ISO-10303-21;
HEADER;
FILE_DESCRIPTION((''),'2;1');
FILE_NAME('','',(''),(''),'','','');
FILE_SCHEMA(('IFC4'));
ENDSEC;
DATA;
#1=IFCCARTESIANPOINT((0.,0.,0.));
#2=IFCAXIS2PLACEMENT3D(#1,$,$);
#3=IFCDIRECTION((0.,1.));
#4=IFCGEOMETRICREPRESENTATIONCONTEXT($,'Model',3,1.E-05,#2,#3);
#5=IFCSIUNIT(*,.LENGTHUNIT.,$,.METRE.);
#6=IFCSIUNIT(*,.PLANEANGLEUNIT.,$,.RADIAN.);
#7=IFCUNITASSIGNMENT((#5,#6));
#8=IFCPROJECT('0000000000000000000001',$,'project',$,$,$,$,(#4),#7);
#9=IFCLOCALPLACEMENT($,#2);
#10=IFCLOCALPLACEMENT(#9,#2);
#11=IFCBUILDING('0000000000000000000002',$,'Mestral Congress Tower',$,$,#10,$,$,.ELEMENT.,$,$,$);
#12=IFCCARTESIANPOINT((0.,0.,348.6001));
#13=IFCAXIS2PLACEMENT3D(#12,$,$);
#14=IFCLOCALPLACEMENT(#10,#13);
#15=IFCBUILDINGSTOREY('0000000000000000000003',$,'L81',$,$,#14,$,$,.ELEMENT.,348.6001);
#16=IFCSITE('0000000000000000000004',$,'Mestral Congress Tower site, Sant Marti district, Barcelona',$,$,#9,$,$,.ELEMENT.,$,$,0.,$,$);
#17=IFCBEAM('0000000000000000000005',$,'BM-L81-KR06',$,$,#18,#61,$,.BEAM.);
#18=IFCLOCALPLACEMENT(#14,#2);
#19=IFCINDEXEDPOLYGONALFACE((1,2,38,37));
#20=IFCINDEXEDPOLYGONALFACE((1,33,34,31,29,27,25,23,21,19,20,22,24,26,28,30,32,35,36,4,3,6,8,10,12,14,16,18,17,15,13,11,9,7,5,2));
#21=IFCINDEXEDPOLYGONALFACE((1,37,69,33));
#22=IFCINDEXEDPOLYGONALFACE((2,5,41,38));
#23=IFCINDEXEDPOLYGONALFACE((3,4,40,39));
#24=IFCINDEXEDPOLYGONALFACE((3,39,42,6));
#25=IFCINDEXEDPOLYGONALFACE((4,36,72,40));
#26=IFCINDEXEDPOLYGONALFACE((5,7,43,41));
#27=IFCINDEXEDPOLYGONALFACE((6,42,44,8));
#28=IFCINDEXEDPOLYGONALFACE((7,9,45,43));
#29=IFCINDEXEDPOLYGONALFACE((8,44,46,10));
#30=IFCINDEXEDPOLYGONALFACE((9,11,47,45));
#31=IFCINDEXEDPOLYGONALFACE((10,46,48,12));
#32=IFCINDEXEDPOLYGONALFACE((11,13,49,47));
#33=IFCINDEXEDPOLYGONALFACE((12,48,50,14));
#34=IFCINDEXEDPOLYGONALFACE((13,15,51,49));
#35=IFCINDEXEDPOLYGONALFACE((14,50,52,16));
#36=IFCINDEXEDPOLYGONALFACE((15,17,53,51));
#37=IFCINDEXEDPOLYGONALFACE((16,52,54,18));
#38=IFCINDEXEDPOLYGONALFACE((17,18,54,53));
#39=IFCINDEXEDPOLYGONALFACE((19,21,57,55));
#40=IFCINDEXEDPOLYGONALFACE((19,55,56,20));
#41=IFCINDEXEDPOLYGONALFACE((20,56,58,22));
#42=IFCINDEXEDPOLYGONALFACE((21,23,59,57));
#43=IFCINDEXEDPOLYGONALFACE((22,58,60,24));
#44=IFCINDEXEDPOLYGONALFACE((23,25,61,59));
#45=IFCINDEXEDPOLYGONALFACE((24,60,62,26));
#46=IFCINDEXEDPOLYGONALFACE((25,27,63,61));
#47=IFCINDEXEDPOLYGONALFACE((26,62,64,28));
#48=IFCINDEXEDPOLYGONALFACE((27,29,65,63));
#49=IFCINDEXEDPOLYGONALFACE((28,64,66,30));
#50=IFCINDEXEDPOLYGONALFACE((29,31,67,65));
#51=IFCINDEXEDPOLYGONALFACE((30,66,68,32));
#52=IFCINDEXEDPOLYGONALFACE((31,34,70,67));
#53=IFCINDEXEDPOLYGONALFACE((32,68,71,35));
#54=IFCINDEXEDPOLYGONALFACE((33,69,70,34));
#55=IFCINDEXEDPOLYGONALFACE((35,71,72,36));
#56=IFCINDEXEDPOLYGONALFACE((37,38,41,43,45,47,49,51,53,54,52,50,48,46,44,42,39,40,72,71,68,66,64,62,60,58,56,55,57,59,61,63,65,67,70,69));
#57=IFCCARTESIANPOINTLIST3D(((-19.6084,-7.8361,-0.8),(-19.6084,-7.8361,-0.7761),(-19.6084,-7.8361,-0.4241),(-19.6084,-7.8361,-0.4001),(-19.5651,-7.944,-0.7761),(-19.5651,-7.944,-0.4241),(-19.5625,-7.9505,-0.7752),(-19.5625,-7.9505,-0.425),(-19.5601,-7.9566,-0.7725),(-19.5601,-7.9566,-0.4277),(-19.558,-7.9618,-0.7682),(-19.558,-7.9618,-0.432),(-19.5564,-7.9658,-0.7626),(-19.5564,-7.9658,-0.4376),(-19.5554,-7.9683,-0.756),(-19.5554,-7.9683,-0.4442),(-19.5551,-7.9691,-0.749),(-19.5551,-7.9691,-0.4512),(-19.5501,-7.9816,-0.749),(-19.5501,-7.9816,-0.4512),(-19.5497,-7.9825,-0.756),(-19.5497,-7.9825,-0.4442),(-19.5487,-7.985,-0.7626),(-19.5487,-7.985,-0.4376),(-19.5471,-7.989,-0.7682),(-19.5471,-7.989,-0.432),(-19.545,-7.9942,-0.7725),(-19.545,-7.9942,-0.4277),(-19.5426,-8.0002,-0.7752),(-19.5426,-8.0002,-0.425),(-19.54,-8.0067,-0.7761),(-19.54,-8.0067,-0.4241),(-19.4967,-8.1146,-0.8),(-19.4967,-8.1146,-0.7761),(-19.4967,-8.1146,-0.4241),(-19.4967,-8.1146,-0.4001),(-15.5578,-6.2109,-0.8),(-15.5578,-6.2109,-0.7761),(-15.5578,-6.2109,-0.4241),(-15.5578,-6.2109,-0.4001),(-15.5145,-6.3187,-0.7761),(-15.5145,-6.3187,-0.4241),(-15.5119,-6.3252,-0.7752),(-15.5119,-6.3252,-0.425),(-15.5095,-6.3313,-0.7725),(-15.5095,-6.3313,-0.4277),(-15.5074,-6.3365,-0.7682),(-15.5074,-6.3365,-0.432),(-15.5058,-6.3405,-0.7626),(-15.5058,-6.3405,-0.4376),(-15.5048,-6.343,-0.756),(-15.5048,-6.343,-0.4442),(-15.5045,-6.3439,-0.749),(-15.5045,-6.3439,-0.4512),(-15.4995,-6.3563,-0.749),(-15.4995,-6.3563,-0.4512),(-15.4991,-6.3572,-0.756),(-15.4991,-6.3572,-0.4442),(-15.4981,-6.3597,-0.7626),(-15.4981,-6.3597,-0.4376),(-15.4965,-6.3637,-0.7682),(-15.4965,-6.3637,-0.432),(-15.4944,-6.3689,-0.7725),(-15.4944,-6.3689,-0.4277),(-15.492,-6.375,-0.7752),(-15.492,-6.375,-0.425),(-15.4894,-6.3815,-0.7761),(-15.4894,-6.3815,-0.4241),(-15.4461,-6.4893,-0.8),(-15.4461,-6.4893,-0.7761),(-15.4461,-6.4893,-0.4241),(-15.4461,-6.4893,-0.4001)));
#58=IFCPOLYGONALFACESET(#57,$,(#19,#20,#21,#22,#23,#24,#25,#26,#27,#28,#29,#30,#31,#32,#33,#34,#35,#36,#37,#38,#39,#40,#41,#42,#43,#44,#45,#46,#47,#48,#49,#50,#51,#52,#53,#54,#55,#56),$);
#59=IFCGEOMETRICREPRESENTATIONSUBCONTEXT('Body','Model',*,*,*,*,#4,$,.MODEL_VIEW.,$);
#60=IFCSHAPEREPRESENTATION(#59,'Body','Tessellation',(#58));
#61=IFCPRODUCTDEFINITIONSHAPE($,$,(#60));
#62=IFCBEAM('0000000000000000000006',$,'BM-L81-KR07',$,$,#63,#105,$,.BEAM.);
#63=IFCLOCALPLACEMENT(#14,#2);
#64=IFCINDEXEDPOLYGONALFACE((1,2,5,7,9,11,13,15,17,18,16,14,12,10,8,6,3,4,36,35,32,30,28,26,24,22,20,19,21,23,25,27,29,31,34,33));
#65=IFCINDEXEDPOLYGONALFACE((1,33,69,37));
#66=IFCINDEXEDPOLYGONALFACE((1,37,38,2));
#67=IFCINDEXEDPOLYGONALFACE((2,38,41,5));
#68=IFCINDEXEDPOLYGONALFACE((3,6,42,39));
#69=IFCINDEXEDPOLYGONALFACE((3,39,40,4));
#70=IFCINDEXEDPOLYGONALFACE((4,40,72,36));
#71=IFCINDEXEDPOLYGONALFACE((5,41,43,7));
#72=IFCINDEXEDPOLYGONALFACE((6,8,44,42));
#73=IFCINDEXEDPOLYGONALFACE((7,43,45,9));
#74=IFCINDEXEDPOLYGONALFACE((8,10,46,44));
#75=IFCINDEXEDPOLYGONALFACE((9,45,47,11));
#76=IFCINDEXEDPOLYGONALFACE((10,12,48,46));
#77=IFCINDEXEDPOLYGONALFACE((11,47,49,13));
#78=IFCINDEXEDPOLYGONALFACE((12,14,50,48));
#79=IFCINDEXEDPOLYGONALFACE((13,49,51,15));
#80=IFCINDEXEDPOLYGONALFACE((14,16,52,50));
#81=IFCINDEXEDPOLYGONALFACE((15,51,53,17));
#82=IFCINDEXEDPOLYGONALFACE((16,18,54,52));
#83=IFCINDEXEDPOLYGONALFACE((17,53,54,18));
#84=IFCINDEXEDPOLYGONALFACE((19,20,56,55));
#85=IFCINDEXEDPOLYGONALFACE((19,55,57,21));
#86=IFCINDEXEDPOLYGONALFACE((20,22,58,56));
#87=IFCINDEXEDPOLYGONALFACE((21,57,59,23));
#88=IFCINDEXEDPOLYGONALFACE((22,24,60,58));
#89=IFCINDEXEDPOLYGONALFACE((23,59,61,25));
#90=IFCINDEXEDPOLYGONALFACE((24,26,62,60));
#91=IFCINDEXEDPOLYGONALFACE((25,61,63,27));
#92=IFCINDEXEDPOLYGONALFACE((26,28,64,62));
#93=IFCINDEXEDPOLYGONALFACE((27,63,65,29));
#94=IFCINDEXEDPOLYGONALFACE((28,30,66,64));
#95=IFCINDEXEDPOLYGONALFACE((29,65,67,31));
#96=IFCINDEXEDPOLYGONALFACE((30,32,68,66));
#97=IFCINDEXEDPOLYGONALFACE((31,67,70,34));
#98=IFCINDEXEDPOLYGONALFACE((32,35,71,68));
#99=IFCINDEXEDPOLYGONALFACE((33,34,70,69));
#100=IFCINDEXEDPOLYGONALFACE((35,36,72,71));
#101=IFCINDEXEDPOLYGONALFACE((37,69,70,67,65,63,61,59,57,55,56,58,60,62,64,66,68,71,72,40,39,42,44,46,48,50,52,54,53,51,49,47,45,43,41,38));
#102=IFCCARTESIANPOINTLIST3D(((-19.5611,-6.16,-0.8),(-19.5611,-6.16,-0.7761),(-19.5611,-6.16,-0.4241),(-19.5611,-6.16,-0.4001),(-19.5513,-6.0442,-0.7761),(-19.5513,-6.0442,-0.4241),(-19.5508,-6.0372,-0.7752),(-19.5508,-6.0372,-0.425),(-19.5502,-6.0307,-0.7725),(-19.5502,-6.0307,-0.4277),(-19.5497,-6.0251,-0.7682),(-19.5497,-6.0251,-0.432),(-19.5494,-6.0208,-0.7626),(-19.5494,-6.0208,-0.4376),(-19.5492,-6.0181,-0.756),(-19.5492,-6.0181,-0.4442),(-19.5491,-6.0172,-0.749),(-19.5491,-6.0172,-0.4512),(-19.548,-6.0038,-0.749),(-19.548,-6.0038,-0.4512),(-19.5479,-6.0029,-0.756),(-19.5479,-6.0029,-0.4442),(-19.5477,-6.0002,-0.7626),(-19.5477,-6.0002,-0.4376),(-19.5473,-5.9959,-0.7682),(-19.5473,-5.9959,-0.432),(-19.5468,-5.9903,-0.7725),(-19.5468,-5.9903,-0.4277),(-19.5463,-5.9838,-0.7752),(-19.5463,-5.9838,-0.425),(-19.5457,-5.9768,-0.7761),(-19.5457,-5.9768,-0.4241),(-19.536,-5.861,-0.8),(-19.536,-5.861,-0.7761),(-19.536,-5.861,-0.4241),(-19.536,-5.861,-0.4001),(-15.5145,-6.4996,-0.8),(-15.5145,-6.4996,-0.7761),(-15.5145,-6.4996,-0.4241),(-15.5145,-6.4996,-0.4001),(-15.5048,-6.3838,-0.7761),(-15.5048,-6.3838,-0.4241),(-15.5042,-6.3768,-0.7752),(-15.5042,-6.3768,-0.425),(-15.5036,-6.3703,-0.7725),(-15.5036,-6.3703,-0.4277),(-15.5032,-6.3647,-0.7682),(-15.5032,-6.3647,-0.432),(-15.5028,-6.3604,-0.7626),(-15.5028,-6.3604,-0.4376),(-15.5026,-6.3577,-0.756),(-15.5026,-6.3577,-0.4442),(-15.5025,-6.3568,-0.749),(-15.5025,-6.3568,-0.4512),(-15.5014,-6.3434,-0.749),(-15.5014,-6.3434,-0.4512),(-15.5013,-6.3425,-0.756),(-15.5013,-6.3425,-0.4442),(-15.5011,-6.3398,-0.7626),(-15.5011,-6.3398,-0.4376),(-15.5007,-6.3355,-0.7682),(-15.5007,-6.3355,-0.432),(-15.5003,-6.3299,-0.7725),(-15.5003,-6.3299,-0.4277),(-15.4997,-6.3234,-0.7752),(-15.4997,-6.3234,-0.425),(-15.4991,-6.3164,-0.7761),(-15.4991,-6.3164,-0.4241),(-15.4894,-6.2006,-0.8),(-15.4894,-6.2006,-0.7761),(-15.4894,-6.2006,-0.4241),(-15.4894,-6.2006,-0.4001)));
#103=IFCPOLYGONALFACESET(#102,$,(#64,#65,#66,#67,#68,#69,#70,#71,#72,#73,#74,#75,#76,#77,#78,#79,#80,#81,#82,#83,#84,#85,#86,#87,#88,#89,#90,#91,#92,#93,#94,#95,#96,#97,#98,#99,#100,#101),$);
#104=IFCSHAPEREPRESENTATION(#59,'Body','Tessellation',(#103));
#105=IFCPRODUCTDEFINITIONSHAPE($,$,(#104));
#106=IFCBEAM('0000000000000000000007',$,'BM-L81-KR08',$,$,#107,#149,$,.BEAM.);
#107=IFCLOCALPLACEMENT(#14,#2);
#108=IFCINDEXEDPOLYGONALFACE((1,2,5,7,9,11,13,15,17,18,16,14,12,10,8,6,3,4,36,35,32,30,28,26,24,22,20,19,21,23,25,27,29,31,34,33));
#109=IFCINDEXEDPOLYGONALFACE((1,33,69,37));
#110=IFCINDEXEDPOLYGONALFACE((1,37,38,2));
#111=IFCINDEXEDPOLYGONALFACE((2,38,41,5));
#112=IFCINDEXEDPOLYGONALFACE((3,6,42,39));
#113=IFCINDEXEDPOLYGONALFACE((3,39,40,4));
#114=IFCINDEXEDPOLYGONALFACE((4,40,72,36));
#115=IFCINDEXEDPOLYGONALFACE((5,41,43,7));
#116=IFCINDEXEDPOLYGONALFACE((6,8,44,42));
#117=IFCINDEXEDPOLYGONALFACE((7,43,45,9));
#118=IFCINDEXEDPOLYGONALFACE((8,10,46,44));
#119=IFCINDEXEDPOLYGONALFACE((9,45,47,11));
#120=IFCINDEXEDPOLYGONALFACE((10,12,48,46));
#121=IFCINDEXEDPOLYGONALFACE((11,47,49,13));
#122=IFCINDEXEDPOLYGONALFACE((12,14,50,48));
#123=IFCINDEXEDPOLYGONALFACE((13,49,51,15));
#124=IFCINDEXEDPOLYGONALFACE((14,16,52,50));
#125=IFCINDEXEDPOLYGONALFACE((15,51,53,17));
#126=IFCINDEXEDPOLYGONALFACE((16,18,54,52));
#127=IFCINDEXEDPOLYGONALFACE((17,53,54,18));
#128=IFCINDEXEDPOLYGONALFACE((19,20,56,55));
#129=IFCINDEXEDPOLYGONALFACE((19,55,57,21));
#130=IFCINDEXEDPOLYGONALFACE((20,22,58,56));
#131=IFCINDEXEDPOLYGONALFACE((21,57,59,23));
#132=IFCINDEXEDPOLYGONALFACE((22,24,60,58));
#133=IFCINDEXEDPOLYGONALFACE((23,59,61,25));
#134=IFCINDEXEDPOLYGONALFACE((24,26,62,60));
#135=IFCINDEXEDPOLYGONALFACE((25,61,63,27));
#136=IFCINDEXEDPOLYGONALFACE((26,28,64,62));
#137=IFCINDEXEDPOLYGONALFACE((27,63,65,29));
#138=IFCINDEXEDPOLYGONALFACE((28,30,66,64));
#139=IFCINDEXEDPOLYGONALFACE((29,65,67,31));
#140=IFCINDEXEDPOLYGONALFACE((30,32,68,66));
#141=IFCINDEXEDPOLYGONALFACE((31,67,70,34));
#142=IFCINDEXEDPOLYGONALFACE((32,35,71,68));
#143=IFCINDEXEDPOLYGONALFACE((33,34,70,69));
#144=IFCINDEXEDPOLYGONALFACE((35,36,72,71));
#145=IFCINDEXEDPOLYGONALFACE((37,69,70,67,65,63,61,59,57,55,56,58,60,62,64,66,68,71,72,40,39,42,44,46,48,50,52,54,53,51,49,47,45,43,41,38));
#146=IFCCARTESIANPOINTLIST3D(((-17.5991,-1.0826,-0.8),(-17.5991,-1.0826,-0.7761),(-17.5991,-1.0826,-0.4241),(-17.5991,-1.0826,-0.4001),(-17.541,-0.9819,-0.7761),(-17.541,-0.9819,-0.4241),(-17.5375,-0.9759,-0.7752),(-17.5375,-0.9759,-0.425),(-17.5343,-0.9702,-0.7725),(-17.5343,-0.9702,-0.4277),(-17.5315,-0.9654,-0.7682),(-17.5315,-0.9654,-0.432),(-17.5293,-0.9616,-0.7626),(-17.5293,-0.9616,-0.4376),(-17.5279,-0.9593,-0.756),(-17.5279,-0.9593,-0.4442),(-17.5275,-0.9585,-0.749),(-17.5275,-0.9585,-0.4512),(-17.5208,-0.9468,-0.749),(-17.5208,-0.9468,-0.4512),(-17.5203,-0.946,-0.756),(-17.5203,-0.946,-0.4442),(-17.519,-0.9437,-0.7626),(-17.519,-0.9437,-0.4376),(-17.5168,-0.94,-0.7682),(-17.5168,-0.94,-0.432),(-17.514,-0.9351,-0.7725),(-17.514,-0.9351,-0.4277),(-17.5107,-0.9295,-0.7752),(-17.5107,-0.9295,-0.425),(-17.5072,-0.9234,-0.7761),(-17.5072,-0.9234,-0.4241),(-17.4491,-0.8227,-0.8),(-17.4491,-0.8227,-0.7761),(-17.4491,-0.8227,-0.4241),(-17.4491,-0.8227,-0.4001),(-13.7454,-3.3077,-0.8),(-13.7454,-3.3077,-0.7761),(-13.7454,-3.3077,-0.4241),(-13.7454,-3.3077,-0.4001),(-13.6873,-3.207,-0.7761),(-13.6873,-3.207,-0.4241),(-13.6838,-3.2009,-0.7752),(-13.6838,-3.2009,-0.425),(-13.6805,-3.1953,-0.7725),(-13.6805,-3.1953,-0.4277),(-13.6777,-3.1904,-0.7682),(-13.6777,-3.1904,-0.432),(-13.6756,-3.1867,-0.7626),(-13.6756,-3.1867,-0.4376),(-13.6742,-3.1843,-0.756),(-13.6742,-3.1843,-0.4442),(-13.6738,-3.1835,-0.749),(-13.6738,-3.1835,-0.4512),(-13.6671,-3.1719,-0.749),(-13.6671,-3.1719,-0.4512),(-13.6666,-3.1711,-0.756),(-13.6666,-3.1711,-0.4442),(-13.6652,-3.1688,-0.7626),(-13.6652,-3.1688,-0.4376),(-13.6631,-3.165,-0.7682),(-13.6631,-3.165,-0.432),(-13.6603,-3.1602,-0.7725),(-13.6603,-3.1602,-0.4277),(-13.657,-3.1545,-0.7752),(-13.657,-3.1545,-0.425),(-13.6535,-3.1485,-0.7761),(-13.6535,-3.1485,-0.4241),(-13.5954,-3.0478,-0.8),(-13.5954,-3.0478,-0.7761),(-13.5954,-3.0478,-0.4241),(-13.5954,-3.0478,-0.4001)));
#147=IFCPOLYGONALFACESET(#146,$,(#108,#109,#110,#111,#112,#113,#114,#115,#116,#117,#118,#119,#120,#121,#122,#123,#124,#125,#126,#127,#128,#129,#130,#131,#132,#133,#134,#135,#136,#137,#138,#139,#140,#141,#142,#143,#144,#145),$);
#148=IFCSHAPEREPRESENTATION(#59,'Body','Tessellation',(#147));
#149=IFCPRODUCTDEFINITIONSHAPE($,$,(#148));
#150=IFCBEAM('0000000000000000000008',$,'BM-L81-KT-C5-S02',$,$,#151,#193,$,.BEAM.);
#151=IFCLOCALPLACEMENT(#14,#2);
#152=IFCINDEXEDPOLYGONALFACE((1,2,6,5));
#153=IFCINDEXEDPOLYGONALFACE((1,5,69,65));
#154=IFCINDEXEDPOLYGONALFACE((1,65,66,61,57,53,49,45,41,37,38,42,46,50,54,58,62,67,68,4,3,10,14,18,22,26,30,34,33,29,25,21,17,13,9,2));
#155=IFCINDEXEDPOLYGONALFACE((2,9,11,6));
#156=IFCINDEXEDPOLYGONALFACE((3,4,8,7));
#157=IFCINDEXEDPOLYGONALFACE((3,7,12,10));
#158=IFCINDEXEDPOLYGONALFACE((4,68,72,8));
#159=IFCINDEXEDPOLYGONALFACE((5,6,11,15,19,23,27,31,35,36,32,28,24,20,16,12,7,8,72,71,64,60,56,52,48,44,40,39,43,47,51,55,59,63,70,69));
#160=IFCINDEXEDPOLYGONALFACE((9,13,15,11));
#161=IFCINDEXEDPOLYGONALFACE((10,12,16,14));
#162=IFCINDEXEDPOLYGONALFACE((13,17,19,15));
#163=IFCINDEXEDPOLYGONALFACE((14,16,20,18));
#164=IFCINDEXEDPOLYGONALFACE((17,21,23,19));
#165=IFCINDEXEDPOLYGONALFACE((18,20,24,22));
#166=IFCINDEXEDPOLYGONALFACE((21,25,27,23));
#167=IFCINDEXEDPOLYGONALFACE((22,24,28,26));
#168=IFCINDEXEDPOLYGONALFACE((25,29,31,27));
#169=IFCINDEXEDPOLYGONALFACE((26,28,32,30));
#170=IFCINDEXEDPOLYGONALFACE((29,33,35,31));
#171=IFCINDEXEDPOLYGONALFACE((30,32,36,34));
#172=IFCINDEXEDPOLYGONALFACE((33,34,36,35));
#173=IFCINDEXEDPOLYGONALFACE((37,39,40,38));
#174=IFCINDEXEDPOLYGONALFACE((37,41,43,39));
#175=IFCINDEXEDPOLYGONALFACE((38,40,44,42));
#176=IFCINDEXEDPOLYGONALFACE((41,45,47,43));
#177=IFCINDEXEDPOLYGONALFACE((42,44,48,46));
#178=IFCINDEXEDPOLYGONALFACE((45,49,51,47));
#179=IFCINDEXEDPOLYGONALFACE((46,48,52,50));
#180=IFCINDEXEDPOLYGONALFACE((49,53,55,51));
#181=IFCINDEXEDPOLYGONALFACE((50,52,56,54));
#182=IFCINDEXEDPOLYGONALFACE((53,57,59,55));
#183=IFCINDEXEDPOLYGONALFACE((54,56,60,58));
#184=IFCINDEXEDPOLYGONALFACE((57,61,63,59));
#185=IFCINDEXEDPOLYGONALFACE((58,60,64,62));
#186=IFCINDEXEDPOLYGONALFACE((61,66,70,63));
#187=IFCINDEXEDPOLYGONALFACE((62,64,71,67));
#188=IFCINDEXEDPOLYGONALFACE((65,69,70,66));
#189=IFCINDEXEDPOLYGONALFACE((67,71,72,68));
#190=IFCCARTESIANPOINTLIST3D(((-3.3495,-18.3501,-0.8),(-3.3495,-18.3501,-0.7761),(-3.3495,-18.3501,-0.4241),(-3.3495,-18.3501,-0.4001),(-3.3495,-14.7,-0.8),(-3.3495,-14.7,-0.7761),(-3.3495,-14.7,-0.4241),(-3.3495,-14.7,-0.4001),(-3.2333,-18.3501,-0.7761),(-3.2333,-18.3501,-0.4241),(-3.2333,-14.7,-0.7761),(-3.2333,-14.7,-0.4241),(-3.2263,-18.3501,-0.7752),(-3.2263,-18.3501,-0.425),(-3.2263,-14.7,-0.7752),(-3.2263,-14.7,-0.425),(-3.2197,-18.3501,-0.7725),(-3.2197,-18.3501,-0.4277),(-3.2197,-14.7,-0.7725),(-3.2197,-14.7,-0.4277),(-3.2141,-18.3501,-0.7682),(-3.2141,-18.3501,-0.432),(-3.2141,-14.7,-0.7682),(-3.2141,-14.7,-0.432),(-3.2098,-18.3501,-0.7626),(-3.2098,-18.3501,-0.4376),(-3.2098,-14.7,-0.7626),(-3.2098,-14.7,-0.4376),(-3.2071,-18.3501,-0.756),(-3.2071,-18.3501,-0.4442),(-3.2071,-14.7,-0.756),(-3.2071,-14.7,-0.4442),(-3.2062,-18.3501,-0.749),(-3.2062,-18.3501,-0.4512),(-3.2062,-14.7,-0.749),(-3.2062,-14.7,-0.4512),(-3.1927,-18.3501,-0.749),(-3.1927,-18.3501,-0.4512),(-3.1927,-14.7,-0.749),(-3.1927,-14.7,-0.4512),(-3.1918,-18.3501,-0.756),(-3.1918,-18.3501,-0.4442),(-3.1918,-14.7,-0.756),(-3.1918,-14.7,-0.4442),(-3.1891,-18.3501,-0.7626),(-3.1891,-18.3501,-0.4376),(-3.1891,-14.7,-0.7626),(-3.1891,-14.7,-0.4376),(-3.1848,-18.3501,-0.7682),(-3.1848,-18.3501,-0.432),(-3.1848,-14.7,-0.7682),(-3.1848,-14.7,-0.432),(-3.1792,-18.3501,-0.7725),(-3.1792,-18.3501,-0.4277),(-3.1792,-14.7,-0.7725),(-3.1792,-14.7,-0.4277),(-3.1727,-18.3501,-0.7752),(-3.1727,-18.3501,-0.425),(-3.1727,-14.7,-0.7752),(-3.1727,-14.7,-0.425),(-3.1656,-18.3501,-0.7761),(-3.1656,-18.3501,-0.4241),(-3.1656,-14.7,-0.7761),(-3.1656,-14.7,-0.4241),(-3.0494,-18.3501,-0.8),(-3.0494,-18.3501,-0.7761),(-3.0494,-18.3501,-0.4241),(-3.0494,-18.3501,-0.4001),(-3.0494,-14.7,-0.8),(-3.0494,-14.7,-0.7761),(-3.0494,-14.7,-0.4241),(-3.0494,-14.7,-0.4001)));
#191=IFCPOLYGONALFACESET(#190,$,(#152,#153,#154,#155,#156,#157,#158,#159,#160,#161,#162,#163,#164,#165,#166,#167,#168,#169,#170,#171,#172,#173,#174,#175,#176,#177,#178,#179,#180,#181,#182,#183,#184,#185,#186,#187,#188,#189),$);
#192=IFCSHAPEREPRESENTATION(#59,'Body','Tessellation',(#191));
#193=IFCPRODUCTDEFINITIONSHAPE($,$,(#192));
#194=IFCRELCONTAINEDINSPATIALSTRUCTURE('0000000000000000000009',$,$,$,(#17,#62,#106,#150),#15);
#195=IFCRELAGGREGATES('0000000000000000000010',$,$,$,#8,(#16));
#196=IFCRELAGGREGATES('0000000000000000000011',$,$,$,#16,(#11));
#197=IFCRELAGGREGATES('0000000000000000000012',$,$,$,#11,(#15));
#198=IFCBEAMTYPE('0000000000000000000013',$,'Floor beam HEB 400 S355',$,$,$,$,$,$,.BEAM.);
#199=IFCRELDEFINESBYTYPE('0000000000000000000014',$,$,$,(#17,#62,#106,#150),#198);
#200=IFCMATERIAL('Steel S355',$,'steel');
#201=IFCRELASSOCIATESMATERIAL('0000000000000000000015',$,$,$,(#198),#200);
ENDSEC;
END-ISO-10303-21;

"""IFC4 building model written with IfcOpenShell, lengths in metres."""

from ifc_helpers import new_model, si_unit, direction, frame, origin, origin_2d, place, context, subcontext, project, spatial, i_section, extrude, material, material_profile, profile_set, type_object, element, save


model = new_model("IFC4")

# Units and contexts
model_context = context("Model", 3, precision=1e-05, world=origin(), true_north=direction((0.0, 1.0)))
body_context = subcontext(model_context, "Body", "Model", "MODEL_VIEW")
ifc_project = project(units=[si_unit("LENGTHUNIT", "METRE"), si_unit("PLANEANGLEUNIT", "RADIAN")], contexts=[model_context])

# Site, building, storey
site_placement = place(None, origin())
site = spatial("IfcSite", under=ifc_project, at=site_placement, Name="Mestral Congress Tower site, Sant Marti district, Barcelona", CompositionType="ELEMENT", RefElevation=0.0)
building_placement = place(site_placement, origin())
building = spatial("IfcBuilding", under=site, at=building_placement, Name="Mestral Congress Tower", CompositionType="ELEMENT")
storey_placement = place(building_placement, frame((0.0, 0.0, 348.6001)))
storey = spatial("IfcBuildingStorey", under=building, at=storey_placement, Name="L81", CompositionType="ELEMENT", Elevation=348.6001)

# Beams
ifc_material_1 = material(Name="Steel S355", Category="steel")
ifc_material_profile_1 = material_profile(ifc_material_1, i_section(OverallWidth=0.3, OverallDepth=0.3999, WebThickness=0.0134, FlangeThickness=0.0239, FilletRadius=0.0271, at=origin_2d()), Name="HEB 400")
ifc_profile_set_1 = profile_set([ifc_material_profile_1], Name="Steel S355")
beam_type_1 = type_object("IfcBeamType", Name="Floor beam HEB 400 S355", PredefinedType="BEAM", material=ifc_profile_set_1)
for number, where, z_axis, x_axis, name in (
    (1, (-15.502, -6.3501, -0.6001), (-0.928079, -0.372384, 0.0), (0.372384, -0.928079, 0.0), "BM-L81-KR06"),
):
    element("IfcBeam", number, at=place(storey_placement, frame(where, z_axis=z_axis, x_axis=x_axis)), inside=storey, type_object=beam_type_1, Name=name, PredefinedType="BEAM", context=body_context, shape_type="SweptSolid", body=[
        extrude(i_section(OverallWidth=0.3, OverallDepth=0.3999, WebThickness=0.0134, FlangeThickness=0.0239, FilletRadius=0.0271, at=origin_2d()), origin(), (0.0, 0.0, 1.0), 4.3645),
    ])
beam_1_placement = place(storey_placement, frame((-15.502, -6.3501, -0.6001), z_axis=(-0.996497, 0.083628, 0.0), x_axis=(-0.083628, -0.996497, 0.0)))
element("IfcBeam", 2, at=beam_1_placement, inside=storey, type_object=beam_type_1, Name="BM-L81-KR07", PredefinedType="BEAM", context=body_context, shape_type="SweptSolid", body=[
    extrude(i_section(OverallWidth=0.3, OverallDepth=0.3999, WebThickness=0.0134, FlangeThickness=0.0239, FilletRadius=0.0271, at=origin_2d()), origin(), (0.0, 0.0, 1.0), 4.0608),
])
beam_2_placement = place(storey_placement, frame((-13.6704, -3.1777, -0.6001), z_axis=(-0.866013, 0.500022, 0.0), x_axis=(-0.500022, -0.866013, 0.0)))
element("IfcBeam", 3, at=beam_2_placement, inside=storey, type_object=beam_type_1, Name="BM-L81-KR08", PredefinedType="BEAM", context=body_context, shape_type="SweptSolid", body=[
    extrude(i_section(OverallWidth=0.3, OverallDepth=0.3999, WebThickness=0.0134, FlangeThickness=0.0239, FilletRadius=0.0271, at=origin_2d()), origin(), (0.0, 0.0, 1.0), 4.45),
])
beam_3_placement = place(storey_placement, frame((-3.1995, -18.3501, -0.6001), z_axis=(0.0, 1.0, 0.0), x_axis=(-1.0, 0.0, 0.0)))
element("IfcBeam", 4, at=beam_3_placement, inside=storey, type_object=beam_type_1, Name="BM-L81-KT-C5-S02", PredefinedType="BEAM", context=body_context, shape_type="SweptSolid", body=[
    extrude(i_section(OverallWidth=0.3, OverallDepth=0.3999, WebThickness=0.0134, FlangeThickness=0.0239, FilletRadius=0.0271, at=origin_2d()), origin(), (0.0, 0.0, 1.0), 3.6501),
])

save(model, "model.ifc")
